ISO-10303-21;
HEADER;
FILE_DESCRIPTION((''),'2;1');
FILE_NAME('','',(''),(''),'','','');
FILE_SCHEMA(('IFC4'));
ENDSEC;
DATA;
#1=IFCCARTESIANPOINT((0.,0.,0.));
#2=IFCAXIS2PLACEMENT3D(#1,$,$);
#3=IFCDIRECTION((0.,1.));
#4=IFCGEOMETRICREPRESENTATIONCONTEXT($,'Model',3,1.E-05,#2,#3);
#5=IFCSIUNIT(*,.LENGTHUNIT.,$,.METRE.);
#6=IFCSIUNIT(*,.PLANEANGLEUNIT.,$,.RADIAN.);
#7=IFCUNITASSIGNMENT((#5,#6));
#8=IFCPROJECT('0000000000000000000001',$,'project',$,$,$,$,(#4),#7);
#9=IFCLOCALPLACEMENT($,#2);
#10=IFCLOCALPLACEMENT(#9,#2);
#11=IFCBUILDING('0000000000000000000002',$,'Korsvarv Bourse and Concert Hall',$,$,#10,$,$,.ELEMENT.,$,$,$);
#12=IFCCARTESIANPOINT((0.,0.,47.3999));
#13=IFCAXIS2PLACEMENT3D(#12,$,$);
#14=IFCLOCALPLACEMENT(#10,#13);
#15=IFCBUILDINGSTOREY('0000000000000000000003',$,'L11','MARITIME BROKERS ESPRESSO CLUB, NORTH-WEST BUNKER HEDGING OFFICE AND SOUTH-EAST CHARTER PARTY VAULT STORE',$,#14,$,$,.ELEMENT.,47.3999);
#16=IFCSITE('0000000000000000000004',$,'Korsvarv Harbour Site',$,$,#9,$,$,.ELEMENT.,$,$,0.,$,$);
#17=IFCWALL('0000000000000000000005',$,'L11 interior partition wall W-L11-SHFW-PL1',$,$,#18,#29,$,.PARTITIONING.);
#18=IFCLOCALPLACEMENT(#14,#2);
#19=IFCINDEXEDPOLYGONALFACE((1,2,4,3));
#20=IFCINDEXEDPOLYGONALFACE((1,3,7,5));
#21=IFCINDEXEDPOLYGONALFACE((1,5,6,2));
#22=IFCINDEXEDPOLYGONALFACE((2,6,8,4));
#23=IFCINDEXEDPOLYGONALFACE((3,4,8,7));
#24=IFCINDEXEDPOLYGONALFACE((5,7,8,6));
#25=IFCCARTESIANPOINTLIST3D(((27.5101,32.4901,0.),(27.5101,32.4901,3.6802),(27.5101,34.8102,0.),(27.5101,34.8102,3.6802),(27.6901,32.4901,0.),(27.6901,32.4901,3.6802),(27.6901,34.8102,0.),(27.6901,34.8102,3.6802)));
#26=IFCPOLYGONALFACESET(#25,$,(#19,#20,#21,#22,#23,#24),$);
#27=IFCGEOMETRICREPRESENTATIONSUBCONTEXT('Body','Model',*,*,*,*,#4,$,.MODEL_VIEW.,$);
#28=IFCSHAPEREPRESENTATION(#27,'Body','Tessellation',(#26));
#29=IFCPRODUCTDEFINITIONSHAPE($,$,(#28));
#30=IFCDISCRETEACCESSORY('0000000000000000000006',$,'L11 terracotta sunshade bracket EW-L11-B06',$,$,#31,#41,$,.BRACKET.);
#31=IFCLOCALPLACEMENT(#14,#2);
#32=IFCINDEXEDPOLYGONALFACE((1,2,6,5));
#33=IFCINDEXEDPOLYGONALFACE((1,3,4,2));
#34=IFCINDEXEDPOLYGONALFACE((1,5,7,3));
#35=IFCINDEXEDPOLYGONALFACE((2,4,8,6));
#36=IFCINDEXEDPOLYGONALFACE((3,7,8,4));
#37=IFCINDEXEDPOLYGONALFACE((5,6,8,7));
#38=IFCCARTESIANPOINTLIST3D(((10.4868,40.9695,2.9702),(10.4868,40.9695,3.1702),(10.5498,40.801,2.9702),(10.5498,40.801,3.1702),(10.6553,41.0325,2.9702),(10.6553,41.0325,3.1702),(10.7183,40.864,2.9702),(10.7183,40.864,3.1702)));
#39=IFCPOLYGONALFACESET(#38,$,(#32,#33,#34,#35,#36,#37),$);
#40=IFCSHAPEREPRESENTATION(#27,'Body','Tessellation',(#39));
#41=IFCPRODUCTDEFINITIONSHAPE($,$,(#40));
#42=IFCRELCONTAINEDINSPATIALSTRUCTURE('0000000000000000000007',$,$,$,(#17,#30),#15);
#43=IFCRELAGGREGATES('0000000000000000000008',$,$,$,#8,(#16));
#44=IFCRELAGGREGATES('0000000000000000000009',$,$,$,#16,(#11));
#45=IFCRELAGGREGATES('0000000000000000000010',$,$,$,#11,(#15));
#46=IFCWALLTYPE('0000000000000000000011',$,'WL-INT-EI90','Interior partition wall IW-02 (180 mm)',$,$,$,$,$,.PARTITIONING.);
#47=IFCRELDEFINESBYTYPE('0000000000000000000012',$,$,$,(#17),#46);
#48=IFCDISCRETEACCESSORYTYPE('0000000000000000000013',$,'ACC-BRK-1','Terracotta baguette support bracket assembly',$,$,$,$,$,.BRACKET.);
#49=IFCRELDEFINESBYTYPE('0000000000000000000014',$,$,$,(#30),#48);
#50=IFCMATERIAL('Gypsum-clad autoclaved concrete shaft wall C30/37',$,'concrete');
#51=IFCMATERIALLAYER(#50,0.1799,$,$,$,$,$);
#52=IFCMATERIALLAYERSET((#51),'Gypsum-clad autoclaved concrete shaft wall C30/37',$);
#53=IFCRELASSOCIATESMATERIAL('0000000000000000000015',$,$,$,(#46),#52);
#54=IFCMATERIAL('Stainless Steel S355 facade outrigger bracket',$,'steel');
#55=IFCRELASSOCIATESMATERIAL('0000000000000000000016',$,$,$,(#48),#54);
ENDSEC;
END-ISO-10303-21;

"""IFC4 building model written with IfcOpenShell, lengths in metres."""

from ifc_helpers import new_model, si_unit, direction, frame, frame_2d, origin, origin_2d, place, context, subcontext, project, spatial, rectangle, extrude, source, transform, mapped, material, layer, layer_set, type_object, element, save


model = new_model("IFC4")

# Units and contexts
model_context = context("Model", 3, precision=1e-05, world=origin(), true_north=direction((0.0, 1.0)))
body_context = subcontext(model_context, "Body", "Model", "MODEL_VIEW")
ifc_project = project(units=[si_unit("LENGTHUNIT", "METRE"), si_unit("PLANEANGLEUNIT", "RADIAN")], contexts=[model_context])

# Site, building, storey
site_placement = place(None, origin())
site = spatial("IfcSite", under=ifc_project, at=site_placement, Name="Korsvarv Harbour Site", CompositionType="ELEMENT", RefElevation=0.0)
building_placement = place(site_placement, origin())
building = spatial("IfcBuilding", under=site, at=building_placement, Name="Korsvarv Bourse and Concert Hall", CompositionType="ELEMENT")
storey_placement = place(building_placement, frame((0.0, 0.0, 47.3999)))
storey = spatial("IfcBuildingStorey", under=building, at=storey_placement, Name="L11", Description="MARITIME BROKERS ESPRESSO CLUB, NORTH-WEST BUNKER HEDGING OFFICE AND SOUTH-EAST CHARTER PARTY VAULT STORE", CompositionType="ELEMENT", Elevation=47.3999)

# Wall
ifc_material_1 = material(Name="Gypsum-clad autoclaved concrete shaft wall C30/37", Category="concrete")
ifc_layer_1 = layer(ifc_material_1, 0.1799)
ifc_layer_set_1 = layer_set([ifc_layer_1], Name="Gypsum-clad autoclaved concrete shaft wall C30/37")
wall_type_1 = type_object("IfcWallType", Name="WL-INT-EI90", Description="Interior partition wall IW-02 (180 mm)", PredefinedType="PARTITIONING", material=ifc_layer_set_1)
wall_1_placement = place(storey_placement, frame((27.6001, 32.49, 0.0), z_axis=(0.0, 0.0, 1.0), x_axis=(0.0, 1.0, 0.0)))
element("IfcWall", 1, at=wall_1_placement, inside=storey, type_object=wall_type_1, Name="L11 interior partition wall W-L11-SHFW-PL1", PredefinedType="PARTITIONING", context=body_context, shape_type="SweptSolid", body=[
    extrude(rectangle(XDim=2.3201, YDim=0.1799, at=frame_2d((1.1602, 0.0))), origin(), (0.0, 0.0, 1.0), 3.6802),
])

# Discrete accessory
ifc_material_2 = material(Name="Stainless Steel S355 facade outrigger bracket", Category="steel")
discrete_accessory_type = type_object("IfcDiscreteAccessoryType", Name="ACC-BRK-1", Description="Terracotta baguette support bracket assembly", PredefinedType="BRACKET", material=ifc_material_2)
shared_shape_1 = source(origin(), body_context, "Body", "SweptSolid", [
    extrude(rectangle(XDim=0.1799, YDim=0.1799, at=origin_2d()), origin(), (0.0, 0.0, 1.0), 0.2),
])
discrete_accessory_placement = place(storey_placement, frame((10.6025, 40.9167, 2.9702), z_axis=(0.0, 0.0, 1.0), x_axis=(0.350207, -0.936672, 0.0)))
element("IfcDiscreteAccessory", 2, at=discrete_accessory_placement, inside=storey, type_object=discrete_accessory_type, Name="L11 terracotta sunshade bracket EW-L11-B06", PredefinedType="BRACKET", context=body_context, shape_type="MappedRepresentation", body=[
    mapped(shared_shape_1, transform((0.0, 0.0, 0.0), scale=1.0)),
])

save(model, "model.ifc")
